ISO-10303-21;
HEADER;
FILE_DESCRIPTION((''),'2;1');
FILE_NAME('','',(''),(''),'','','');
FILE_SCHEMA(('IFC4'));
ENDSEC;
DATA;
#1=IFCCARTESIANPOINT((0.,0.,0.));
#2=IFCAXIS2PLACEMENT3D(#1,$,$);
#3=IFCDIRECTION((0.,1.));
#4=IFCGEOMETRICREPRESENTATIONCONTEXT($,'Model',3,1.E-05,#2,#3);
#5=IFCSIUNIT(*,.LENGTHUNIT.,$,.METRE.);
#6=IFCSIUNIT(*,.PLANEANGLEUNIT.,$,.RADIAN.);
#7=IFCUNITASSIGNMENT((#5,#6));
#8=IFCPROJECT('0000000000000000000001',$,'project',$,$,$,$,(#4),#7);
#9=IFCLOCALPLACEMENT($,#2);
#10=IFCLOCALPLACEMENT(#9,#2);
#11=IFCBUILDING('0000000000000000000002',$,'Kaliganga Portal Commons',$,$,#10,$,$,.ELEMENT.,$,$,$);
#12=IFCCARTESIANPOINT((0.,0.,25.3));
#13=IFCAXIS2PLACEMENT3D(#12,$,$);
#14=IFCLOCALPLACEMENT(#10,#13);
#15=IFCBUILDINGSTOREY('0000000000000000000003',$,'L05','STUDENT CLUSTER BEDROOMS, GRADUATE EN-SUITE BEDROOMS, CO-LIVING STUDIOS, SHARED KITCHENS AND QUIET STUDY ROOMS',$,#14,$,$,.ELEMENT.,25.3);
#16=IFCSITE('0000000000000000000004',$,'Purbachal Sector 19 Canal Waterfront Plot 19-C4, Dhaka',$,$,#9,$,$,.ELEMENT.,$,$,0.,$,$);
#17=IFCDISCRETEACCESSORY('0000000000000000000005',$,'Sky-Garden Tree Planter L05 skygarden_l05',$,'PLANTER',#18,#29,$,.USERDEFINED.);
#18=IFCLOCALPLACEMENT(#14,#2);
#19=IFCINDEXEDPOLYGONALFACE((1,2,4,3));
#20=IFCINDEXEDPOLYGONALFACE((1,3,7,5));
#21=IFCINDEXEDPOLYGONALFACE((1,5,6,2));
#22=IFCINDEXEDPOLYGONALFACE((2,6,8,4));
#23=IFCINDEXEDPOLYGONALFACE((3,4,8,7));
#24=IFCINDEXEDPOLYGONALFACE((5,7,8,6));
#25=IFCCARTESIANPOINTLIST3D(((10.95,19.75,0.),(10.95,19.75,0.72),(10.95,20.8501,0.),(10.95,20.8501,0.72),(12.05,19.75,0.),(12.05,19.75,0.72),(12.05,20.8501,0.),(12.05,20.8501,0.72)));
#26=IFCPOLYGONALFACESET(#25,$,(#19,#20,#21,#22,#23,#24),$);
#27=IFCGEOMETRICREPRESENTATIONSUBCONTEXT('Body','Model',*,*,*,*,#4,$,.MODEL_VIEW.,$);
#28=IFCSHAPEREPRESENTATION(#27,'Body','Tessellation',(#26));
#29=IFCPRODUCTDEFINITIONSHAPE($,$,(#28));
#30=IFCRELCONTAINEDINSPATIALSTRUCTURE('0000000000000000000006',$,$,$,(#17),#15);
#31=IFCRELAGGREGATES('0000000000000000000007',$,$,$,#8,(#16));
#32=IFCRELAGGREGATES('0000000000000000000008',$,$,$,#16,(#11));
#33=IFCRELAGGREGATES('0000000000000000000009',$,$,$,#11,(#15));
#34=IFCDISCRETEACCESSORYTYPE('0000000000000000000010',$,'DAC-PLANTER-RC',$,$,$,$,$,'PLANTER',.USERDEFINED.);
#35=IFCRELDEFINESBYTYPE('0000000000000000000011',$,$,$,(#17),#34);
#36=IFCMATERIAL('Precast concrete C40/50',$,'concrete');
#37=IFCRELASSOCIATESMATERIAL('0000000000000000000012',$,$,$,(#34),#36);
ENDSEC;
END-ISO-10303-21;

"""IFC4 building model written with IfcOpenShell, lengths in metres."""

from ifc_helpers import new_model, si_unit, direction, frame, origin, origin_2d, place, context, subcontext, project, spatial, rectangle, extrude, source, transform, mapped, material, type_object, element, save


model = new_model("IFC4")

# Units and contexts
model_context = context("Model", 3, precision=1e-05, world=origin(), true_north=direction((0.0, 1.0)))
body_context = subcontext(model_context, "Body", "Model", "MODEL_VIEW")
ifc_project = project(units=[si_unit("LENGTHUNIT", "METRE"), si_unit("PLANEANGLEUNIT", "RADIAN")], contexts=[model_context])

# Site, building, storey
site_placement = place(None, origin())
site = spatial("IfcSite", under=ifc_project, at=site_placement, Name="Purbachal Sector 19 Canal Waterfront Plot 19-C4, Dhaka", CompositionType="ELEMENT", RefElevation=0.0)
building_placement = place(site_placement, origin())
building = spatial("IfcBuilding", under=site, at=building_placement, Name="Kaliganga Portal Commons", CompositionType="ELEMENT")
storey_placement = place(building_placement, frame((0.0, 0.0, 25.3)))
storey = spatial("IfcBuildingStorey", under=building, at=storey_placement, Name="L05", Description="STUDENT CLUSTER BEDROOMS, GRADUATE EN-SUITE BEDROOMS, CO-LIVING STUDIOS, SHARED KITCHENS AND QUIET STUDY ROOMS", CompositionType="ELEMENT", Elevation=25.3)

# Discrete accessory
ifc_material_1 = material(Name="Precast concrete C40/50", Category="concrete")
discrete_accessory_type = type_object("IfcDiscreteAccessoryType", Name="DAC-PLANTER-RC", ElementType="PLANTER", PredefinedType="USERDEFINED", material=ifc_material_1)
shared_shape_1 = source(origin(), body_context, "Body", "SweptSolid", [
    extrude(rectangle(XDim=1.1001, YDim=1.1001, at=origin_2d()), origin(), (0.0, 0.0, 1.0), 0.72),
])
discrete_accessory_placement = place(storey_placement, frame((11.5, 20.3, 0.0), z_axis=(0.0, 0.0, 1.0), x_axis=(1.0, 0.0, 0.0)))
element("IfcDiscreteAccessory", 1, at=discrete_accessory_placement, inside=storey, type_object=discrete_accessory_type, Name="Sky-Garden Tree Planter L05 skygarden_l05", ObjectType="PLANTER", PredefinedType="USERDEFINED", context=body_context, shape_type="MappedRepresentation", body=[
    mapped(shared_shape_1, transform((0.0, 0.0, 0.0), x_axis=(1.0, 0.0, 0.0), y_axis=(0.0, 1.0, 0.0), z_axis=(0.0, 0.0, 1.0), scale=1.0)),
])

save(model, "model.ifc")
